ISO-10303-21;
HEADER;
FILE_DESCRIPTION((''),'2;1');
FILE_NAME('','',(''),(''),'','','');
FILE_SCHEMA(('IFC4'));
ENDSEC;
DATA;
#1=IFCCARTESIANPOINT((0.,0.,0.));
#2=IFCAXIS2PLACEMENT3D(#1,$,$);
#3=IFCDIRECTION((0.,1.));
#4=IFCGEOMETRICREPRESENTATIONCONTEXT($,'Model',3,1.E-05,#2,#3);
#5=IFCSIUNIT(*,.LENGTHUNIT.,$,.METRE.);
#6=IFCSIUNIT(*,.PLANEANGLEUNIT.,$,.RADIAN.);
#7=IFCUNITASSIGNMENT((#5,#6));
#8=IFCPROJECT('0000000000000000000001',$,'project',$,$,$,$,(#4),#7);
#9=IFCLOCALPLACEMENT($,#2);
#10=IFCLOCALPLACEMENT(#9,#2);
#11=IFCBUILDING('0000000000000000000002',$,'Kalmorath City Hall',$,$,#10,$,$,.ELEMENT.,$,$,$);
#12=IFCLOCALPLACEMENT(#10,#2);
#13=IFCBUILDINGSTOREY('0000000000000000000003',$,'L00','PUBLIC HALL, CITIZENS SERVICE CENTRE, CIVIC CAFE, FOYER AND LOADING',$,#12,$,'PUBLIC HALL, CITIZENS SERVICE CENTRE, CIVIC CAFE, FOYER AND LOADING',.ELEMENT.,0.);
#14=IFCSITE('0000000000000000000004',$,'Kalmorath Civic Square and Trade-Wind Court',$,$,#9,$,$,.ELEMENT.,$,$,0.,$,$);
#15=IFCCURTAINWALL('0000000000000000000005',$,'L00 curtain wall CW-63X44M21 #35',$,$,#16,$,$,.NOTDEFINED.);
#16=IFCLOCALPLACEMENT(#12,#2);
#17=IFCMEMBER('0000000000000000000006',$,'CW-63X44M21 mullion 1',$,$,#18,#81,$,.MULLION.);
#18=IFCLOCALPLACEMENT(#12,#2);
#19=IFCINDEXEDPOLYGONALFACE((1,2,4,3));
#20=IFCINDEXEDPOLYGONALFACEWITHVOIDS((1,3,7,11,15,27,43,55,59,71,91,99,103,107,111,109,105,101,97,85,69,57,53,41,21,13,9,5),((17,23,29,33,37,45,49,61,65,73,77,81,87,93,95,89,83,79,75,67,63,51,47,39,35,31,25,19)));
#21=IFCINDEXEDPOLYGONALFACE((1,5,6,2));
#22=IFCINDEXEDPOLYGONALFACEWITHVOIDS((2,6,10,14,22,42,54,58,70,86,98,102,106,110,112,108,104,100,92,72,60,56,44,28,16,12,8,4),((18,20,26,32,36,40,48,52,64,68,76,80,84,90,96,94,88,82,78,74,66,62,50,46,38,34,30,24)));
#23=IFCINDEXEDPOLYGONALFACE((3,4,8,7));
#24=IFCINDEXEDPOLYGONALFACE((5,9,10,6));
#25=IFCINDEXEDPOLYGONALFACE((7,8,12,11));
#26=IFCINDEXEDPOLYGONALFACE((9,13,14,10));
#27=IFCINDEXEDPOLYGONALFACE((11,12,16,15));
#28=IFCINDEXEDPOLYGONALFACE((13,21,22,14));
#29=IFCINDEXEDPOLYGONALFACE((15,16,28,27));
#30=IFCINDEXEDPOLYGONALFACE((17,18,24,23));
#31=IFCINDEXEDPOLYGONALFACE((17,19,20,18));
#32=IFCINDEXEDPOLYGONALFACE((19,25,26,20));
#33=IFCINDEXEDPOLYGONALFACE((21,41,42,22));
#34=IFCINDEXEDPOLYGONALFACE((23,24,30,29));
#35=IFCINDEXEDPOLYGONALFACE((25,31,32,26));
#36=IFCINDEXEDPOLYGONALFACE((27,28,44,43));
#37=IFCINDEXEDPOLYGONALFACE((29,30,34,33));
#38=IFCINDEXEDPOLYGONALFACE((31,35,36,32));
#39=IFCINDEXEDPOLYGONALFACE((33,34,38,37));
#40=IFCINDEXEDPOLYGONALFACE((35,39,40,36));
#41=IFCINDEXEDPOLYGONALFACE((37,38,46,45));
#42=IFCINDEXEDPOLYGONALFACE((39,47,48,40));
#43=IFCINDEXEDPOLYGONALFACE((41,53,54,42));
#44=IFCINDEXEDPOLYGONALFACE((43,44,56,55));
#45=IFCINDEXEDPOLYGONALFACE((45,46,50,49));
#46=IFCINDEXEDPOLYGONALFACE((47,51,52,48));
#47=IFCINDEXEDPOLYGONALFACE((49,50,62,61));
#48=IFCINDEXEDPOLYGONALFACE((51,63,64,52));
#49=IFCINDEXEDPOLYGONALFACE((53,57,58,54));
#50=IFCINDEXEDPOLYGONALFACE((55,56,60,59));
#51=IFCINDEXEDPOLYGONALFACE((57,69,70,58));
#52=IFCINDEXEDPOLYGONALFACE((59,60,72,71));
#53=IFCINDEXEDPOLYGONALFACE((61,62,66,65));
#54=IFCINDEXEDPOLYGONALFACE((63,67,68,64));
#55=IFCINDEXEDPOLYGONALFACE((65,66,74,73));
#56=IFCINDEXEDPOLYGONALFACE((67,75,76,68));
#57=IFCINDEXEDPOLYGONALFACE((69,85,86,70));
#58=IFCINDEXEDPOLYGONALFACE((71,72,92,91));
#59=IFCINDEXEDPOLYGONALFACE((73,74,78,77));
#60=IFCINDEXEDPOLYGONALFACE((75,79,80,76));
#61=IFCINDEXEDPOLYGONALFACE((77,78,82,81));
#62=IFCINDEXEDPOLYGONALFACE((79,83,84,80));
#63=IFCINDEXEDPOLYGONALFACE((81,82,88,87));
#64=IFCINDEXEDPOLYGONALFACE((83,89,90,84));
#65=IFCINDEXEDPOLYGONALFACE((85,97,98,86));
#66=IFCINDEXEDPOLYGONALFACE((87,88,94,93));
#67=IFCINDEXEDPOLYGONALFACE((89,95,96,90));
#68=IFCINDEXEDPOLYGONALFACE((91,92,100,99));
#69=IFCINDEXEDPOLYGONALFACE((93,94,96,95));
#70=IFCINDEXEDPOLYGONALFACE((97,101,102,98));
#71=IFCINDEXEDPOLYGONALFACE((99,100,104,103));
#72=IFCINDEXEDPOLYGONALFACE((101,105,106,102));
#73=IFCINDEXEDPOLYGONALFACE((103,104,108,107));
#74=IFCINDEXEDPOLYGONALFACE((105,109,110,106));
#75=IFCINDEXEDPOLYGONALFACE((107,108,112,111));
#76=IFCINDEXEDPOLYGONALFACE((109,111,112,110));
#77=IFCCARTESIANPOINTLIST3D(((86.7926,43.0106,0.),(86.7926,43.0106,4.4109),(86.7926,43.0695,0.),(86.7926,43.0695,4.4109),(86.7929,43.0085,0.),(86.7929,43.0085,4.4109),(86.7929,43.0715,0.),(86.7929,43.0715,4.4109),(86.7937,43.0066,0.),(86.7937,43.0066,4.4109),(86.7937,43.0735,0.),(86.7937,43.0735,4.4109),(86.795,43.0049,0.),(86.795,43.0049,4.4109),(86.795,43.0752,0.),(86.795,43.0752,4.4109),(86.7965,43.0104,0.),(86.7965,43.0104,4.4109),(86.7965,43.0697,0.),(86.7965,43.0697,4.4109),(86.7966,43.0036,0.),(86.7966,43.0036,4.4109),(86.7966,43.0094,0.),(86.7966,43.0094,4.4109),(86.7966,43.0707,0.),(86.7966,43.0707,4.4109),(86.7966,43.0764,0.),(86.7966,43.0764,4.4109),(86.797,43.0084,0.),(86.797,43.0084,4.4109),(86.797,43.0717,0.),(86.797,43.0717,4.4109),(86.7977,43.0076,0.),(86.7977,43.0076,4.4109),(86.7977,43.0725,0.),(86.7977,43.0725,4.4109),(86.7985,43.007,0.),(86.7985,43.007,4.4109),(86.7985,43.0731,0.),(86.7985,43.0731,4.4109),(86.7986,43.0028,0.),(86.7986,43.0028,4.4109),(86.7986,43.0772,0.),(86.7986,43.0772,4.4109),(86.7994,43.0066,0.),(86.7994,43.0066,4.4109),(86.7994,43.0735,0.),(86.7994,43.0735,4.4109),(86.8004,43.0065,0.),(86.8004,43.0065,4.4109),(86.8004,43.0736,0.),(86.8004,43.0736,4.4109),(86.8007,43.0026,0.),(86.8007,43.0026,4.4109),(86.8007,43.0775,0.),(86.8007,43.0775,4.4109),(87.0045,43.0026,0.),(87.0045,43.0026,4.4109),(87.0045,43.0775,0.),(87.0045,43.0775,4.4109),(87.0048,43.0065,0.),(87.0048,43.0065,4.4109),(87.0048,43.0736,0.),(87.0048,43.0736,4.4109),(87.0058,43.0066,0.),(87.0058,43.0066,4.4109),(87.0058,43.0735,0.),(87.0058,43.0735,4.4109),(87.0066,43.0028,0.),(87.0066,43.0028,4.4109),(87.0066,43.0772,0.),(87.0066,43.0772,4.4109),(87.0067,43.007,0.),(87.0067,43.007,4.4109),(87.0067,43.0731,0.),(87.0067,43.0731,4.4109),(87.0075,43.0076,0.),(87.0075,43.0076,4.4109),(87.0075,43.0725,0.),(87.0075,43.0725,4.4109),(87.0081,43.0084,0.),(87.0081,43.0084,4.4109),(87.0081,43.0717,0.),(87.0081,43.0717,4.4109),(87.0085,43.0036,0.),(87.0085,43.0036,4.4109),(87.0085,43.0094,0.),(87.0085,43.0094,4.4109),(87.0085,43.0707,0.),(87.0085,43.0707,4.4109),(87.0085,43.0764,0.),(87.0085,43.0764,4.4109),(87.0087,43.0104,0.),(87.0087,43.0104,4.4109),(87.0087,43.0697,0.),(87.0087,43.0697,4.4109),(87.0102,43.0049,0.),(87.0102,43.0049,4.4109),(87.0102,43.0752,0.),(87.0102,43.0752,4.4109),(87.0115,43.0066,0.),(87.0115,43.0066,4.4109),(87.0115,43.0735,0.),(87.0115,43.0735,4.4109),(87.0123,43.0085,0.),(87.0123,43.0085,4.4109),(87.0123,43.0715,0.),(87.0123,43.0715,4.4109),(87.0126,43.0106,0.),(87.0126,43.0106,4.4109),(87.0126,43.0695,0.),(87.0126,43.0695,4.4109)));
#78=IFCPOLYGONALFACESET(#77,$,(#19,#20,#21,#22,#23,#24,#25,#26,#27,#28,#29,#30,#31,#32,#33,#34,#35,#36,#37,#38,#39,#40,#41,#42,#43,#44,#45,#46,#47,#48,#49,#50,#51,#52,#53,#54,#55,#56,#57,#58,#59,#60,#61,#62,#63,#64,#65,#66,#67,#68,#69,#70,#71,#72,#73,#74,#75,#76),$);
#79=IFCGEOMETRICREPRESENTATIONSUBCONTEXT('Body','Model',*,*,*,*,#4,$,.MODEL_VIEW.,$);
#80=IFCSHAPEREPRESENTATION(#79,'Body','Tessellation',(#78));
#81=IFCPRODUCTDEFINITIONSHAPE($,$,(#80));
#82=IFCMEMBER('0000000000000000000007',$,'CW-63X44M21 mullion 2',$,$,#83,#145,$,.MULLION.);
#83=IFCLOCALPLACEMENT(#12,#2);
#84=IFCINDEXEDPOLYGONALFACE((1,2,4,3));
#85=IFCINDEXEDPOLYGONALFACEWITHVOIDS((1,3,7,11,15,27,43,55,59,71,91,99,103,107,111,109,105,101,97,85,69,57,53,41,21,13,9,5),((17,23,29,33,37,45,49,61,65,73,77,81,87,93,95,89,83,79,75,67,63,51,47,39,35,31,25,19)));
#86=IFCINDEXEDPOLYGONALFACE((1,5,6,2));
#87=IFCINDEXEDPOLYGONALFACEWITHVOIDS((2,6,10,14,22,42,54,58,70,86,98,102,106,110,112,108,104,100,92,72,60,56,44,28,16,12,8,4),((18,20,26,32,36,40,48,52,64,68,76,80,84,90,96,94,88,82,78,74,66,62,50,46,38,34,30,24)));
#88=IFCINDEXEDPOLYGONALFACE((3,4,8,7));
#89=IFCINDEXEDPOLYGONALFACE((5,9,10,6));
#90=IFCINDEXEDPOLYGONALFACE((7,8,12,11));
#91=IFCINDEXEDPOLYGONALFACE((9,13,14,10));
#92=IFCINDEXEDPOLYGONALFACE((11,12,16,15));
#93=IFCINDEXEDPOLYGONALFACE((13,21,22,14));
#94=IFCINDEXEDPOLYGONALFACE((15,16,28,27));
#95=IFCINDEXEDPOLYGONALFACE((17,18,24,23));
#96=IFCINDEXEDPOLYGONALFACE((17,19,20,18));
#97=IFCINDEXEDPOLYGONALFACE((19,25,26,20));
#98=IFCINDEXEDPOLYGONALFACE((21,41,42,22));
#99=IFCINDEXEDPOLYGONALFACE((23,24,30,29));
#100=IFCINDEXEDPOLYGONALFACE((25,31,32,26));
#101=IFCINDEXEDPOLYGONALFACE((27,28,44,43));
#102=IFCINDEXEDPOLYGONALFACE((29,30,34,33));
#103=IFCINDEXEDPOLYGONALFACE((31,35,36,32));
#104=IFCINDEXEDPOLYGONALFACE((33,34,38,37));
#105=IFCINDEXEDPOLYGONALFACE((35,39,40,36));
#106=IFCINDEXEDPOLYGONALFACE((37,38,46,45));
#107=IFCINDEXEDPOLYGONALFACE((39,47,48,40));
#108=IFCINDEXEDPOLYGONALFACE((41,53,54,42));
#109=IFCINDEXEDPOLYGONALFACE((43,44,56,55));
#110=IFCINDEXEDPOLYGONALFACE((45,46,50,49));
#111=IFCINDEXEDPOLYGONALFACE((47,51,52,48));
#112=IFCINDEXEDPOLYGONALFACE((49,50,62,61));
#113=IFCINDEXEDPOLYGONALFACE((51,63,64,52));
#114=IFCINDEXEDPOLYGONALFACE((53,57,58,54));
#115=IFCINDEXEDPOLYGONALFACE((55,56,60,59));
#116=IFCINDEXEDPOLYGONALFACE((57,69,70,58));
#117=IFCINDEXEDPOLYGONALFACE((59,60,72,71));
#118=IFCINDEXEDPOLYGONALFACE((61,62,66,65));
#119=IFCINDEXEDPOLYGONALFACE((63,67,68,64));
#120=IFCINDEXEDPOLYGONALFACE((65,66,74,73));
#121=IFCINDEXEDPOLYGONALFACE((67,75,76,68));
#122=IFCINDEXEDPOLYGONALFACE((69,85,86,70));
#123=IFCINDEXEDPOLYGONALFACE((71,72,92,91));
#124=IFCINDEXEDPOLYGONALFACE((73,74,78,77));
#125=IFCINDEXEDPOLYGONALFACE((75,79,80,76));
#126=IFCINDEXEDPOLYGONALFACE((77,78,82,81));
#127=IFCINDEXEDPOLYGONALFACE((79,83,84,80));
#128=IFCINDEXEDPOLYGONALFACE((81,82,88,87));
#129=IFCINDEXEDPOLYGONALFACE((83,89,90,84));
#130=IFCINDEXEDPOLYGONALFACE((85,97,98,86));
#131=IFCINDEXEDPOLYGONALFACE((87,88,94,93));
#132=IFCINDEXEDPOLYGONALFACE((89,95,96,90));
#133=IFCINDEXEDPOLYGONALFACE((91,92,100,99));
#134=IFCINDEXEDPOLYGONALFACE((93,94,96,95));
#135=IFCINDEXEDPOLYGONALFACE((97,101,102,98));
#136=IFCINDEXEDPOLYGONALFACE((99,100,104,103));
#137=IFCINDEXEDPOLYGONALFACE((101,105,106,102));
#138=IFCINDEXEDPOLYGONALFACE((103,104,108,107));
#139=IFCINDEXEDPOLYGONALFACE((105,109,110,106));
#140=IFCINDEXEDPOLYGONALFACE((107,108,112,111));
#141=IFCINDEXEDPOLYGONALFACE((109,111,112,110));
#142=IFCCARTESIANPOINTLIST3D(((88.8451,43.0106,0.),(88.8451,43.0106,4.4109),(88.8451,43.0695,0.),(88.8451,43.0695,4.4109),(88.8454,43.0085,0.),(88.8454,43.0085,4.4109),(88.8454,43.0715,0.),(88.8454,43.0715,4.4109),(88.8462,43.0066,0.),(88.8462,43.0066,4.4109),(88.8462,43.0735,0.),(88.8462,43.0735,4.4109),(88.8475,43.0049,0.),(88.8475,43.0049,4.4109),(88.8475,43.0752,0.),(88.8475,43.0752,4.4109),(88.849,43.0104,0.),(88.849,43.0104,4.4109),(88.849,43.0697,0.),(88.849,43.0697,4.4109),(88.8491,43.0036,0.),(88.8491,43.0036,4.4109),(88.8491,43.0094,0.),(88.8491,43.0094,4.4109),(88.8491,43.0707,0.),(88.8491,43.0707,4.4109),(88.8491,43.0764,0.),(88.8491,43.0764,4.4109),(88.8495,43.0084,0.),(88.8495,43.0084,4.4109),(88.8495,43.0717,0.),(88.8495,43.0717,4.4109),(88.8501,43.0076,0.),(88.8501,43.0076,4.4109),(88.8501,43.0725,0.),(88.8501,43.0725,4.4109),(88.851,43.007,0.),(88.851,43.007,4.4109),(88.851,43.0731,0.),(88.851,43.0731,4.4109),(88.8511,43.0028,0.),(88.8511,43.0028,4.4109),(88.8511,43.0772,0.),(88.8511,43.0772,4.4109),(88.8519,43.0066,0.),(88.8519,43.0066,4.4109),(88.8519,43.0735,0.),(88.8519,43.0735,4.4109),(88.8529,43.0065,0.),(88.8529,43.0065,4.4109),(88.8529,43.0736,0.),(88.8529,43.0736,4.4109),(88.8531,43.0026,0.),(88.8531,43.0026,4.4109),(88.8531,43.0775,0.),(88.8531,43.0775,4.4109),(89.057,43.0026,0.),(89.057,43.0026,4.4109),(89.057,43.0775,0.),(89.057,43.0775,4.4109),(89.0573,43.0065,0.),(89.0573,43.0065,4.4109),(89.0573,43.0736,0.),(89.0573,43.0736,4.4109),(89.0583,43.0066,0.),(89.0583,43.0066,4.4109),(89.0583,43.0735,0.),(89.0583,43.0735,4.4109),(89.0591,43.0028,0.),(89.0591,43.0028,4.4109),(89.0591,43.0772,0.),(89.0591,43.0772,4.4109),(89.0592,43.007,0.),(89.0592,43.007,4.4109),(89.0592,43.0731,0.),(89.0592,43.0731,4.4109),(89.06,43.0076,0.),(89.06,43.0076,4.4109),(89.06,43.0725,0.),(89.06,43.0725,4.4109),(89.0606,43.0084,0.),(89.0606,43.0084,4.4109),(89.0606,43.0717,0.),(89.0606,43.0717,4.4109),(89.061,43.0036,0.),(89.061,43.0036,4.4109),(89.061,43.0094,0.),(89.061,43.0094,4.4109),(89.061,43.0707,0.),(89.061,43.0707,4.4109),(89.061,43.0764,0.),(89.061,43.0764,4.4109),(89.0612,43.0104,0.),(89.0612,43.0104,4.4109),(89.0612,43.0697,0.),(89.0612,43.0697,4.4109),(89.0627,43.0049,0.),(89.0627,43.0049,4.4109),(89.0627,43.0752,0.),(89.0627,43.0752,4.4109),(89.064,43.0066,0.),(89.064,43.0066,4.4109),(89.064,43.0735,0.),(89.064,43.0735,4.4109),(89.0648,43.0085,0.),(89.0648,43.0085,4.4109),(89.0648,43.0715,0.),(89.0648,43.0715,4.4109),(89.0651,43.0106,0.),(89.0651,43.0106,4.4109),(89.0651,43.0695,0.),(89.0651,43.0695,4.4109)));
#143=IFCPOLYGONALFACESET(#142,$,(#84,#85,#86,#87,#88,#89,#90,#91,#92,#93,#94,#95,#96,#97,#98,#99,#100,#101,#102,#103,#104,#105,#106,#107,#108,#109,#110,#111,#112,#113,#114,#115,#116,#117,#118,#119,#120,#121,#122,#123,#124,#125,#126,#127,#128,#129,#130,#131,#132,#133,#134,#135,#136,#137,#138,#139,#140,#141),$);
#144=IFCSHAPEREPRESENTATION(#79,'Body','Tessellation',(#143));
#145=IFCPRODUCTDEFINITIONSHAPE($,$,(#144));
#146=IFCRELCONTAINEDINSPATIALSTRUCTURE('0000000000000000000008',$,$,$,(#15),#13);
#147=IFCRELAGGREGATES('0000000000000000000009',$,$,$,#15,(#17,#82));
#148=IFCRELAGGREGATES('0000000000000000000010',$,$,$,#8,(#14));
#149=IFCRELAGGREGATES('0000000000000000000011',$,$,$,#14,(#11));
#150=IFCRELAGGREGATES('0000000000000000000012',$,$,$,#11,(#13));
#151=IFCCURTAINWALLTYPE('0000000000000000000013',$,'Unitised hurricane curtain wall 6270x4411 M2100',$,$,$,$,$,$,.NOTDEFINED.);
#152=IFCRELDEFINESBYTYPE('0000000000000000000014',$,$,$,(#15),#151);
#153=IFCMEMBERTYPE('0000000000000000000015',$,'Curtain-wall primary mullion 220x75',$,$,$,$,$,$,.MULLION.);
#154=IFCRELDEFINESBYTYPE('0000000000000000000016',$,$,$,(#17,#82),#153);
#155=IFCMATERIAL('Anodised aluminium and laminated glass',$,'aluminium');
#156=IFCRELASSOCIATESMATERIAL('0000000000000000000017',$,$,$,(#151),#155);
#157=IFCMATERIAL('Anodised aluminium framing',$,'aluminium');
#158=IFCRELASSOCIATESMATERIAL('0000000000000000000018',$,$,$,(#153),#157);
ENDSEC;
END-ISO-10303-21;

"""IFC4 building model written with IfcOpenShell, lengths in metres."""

from ifc_helpers import new_model, si_unit, direction, frame, origin, origin_2d, place, context, subcontext, project, spatial, hollow_rectangle, extrude, material, material_profile, profile_set, type_object, element, aggregate, save


model = new_model("IFC4")

# Units and contexts
model_context = context("Model", 3, precision=1e-05, world=origin(), true_north=direction((0.0, 1.0)))
body_context = subcontext(model_context, "Body", "Model", "MODEL_VIEW")
ifc_project = project(units=[si_unit("LENGTHUNIT", "METRE"), si_unit("PLANEANGLEUNIT", "RADIAN")], contexts=[model_context])

# Site, building, storey
site_placement = place(None, origin())
site = spatial("IfcSite", under=ifc_project, at=site_placement, Name="Kalmorath Civic Square and Trade-Wind Court", CompositionType="ELEMENT", RefElevation=0.0)
building_placement = place(site_placement, origin())
building = spatial("IfcBuilding", under=site, at=building_placement, Name="Kalmorath City Hall", CompositionType="ELEMENT")
storey_placement = place(building_placement, origin())
storey = spatial("IfcBuildingStorey", under=building, at=storey_placement, Name="L00", Description="PUBLIC HALL, CITIZENS SERVICE CENTRE, CIVIC CAFE, FOYER AND LOADING", LongName="PUBLIC HALL, CITIZENS SERVICE CENTRE, CIVIC CAFE, FOYER AND LOADING", CompositionType="ELEMENT", Elevation=0.0)

# Curtain wall, members
ifc_material_1 = material(Name="Anodised aluminium and laminated glass", Category="aluminium")
curtain_wall_type_1 = type_object("IfcCurtainWallType", Name="Unitised hurricane curtain wall 6270x4411 M2100", PredefinedType="NOTDEFINED", material=ifc_material_1)
curtain_wall_1_placement = place(storey_placement, origin())
curtain_wall_1 = element("IfcCurtainWall", 1, at=curtain_wall_1_placement, inside=storey, type_object=curtain_wall_type_1, Name="L00 curtain wall CW-63X44M21 #35", PredefinedType="NOTDEFINED")
ifc_material_2 = material(Name="Anodised aluminium framing", Category="aluminium")
ifc_material_profile_1 = material_profile(ifc_material_2, hollow_rectangle(XDim=0.075, YDim=0.22, WallThickness=0.0039, InnerFilletRadius=0.0039, OuterFilletRadius=0.0081, at=origin_2d()), Name="ALU-MUL-220X75X4")
ifc_profile_set_1 = profile_set([ifc_material_profile_1], Name="Anodised aluminium framing")
member_type_1 = type_object("IfcMemberType", Name="Curtain-wall primary mullion 220x75", PredefinedType="MULLION", material=ifc_profile_set_1)
member_1_placement = place(storey_placement, frame((86.9026, 43.04, 0.0), z_axis=(0.0, 0.0, 1.0), x_axis=(0.0, 1.0, 0.0)))
member_1 = element("IfcMember", 2, at=member_1_placement, type_object=member_type_1, Name="CW-63X44M21 mullion 1", PredefinedType="MULLION", context=body_context, shape_type="SweptSolid", body=[
    extrude(hollow_rectangle(XDim=0.075, YDim=0.22, WallThickness=0.0039, InnerFilletRadius=0.0039, OuterFilletRadius=0.0081, at=origin_2d()), origin(), (0.0, 0.0, 1.0), 4.4109),
])
member_2_placement = place(storey_placement, frame((88.9551, 43.04, 0.0), z_axis=(0.0, 0.0, 1.0), x_axis=(0.0, 1.0, 0.0)))
member_2 = element("IfcMember", 3, at=member_2_placement, type_object=member_type_1, Name="CW-63X44M21 mullion 2", PredefinedType="MULLION", context=body_context, shape_type="SweptSolid", body=[
    extrude(hollow_rectangle(XDim=0.075, YDim=0.22, WallThickness=0.0039, InnerFilletRadius=0.0039, OuterFilletRadius=0.0081, at=origin_2d()), origin(), (0.0, 0.0, 1.0), 4.4109),
])

aggregate(curtain_wall_1, [member_1, member_2])

save(model, "model.ifc")
